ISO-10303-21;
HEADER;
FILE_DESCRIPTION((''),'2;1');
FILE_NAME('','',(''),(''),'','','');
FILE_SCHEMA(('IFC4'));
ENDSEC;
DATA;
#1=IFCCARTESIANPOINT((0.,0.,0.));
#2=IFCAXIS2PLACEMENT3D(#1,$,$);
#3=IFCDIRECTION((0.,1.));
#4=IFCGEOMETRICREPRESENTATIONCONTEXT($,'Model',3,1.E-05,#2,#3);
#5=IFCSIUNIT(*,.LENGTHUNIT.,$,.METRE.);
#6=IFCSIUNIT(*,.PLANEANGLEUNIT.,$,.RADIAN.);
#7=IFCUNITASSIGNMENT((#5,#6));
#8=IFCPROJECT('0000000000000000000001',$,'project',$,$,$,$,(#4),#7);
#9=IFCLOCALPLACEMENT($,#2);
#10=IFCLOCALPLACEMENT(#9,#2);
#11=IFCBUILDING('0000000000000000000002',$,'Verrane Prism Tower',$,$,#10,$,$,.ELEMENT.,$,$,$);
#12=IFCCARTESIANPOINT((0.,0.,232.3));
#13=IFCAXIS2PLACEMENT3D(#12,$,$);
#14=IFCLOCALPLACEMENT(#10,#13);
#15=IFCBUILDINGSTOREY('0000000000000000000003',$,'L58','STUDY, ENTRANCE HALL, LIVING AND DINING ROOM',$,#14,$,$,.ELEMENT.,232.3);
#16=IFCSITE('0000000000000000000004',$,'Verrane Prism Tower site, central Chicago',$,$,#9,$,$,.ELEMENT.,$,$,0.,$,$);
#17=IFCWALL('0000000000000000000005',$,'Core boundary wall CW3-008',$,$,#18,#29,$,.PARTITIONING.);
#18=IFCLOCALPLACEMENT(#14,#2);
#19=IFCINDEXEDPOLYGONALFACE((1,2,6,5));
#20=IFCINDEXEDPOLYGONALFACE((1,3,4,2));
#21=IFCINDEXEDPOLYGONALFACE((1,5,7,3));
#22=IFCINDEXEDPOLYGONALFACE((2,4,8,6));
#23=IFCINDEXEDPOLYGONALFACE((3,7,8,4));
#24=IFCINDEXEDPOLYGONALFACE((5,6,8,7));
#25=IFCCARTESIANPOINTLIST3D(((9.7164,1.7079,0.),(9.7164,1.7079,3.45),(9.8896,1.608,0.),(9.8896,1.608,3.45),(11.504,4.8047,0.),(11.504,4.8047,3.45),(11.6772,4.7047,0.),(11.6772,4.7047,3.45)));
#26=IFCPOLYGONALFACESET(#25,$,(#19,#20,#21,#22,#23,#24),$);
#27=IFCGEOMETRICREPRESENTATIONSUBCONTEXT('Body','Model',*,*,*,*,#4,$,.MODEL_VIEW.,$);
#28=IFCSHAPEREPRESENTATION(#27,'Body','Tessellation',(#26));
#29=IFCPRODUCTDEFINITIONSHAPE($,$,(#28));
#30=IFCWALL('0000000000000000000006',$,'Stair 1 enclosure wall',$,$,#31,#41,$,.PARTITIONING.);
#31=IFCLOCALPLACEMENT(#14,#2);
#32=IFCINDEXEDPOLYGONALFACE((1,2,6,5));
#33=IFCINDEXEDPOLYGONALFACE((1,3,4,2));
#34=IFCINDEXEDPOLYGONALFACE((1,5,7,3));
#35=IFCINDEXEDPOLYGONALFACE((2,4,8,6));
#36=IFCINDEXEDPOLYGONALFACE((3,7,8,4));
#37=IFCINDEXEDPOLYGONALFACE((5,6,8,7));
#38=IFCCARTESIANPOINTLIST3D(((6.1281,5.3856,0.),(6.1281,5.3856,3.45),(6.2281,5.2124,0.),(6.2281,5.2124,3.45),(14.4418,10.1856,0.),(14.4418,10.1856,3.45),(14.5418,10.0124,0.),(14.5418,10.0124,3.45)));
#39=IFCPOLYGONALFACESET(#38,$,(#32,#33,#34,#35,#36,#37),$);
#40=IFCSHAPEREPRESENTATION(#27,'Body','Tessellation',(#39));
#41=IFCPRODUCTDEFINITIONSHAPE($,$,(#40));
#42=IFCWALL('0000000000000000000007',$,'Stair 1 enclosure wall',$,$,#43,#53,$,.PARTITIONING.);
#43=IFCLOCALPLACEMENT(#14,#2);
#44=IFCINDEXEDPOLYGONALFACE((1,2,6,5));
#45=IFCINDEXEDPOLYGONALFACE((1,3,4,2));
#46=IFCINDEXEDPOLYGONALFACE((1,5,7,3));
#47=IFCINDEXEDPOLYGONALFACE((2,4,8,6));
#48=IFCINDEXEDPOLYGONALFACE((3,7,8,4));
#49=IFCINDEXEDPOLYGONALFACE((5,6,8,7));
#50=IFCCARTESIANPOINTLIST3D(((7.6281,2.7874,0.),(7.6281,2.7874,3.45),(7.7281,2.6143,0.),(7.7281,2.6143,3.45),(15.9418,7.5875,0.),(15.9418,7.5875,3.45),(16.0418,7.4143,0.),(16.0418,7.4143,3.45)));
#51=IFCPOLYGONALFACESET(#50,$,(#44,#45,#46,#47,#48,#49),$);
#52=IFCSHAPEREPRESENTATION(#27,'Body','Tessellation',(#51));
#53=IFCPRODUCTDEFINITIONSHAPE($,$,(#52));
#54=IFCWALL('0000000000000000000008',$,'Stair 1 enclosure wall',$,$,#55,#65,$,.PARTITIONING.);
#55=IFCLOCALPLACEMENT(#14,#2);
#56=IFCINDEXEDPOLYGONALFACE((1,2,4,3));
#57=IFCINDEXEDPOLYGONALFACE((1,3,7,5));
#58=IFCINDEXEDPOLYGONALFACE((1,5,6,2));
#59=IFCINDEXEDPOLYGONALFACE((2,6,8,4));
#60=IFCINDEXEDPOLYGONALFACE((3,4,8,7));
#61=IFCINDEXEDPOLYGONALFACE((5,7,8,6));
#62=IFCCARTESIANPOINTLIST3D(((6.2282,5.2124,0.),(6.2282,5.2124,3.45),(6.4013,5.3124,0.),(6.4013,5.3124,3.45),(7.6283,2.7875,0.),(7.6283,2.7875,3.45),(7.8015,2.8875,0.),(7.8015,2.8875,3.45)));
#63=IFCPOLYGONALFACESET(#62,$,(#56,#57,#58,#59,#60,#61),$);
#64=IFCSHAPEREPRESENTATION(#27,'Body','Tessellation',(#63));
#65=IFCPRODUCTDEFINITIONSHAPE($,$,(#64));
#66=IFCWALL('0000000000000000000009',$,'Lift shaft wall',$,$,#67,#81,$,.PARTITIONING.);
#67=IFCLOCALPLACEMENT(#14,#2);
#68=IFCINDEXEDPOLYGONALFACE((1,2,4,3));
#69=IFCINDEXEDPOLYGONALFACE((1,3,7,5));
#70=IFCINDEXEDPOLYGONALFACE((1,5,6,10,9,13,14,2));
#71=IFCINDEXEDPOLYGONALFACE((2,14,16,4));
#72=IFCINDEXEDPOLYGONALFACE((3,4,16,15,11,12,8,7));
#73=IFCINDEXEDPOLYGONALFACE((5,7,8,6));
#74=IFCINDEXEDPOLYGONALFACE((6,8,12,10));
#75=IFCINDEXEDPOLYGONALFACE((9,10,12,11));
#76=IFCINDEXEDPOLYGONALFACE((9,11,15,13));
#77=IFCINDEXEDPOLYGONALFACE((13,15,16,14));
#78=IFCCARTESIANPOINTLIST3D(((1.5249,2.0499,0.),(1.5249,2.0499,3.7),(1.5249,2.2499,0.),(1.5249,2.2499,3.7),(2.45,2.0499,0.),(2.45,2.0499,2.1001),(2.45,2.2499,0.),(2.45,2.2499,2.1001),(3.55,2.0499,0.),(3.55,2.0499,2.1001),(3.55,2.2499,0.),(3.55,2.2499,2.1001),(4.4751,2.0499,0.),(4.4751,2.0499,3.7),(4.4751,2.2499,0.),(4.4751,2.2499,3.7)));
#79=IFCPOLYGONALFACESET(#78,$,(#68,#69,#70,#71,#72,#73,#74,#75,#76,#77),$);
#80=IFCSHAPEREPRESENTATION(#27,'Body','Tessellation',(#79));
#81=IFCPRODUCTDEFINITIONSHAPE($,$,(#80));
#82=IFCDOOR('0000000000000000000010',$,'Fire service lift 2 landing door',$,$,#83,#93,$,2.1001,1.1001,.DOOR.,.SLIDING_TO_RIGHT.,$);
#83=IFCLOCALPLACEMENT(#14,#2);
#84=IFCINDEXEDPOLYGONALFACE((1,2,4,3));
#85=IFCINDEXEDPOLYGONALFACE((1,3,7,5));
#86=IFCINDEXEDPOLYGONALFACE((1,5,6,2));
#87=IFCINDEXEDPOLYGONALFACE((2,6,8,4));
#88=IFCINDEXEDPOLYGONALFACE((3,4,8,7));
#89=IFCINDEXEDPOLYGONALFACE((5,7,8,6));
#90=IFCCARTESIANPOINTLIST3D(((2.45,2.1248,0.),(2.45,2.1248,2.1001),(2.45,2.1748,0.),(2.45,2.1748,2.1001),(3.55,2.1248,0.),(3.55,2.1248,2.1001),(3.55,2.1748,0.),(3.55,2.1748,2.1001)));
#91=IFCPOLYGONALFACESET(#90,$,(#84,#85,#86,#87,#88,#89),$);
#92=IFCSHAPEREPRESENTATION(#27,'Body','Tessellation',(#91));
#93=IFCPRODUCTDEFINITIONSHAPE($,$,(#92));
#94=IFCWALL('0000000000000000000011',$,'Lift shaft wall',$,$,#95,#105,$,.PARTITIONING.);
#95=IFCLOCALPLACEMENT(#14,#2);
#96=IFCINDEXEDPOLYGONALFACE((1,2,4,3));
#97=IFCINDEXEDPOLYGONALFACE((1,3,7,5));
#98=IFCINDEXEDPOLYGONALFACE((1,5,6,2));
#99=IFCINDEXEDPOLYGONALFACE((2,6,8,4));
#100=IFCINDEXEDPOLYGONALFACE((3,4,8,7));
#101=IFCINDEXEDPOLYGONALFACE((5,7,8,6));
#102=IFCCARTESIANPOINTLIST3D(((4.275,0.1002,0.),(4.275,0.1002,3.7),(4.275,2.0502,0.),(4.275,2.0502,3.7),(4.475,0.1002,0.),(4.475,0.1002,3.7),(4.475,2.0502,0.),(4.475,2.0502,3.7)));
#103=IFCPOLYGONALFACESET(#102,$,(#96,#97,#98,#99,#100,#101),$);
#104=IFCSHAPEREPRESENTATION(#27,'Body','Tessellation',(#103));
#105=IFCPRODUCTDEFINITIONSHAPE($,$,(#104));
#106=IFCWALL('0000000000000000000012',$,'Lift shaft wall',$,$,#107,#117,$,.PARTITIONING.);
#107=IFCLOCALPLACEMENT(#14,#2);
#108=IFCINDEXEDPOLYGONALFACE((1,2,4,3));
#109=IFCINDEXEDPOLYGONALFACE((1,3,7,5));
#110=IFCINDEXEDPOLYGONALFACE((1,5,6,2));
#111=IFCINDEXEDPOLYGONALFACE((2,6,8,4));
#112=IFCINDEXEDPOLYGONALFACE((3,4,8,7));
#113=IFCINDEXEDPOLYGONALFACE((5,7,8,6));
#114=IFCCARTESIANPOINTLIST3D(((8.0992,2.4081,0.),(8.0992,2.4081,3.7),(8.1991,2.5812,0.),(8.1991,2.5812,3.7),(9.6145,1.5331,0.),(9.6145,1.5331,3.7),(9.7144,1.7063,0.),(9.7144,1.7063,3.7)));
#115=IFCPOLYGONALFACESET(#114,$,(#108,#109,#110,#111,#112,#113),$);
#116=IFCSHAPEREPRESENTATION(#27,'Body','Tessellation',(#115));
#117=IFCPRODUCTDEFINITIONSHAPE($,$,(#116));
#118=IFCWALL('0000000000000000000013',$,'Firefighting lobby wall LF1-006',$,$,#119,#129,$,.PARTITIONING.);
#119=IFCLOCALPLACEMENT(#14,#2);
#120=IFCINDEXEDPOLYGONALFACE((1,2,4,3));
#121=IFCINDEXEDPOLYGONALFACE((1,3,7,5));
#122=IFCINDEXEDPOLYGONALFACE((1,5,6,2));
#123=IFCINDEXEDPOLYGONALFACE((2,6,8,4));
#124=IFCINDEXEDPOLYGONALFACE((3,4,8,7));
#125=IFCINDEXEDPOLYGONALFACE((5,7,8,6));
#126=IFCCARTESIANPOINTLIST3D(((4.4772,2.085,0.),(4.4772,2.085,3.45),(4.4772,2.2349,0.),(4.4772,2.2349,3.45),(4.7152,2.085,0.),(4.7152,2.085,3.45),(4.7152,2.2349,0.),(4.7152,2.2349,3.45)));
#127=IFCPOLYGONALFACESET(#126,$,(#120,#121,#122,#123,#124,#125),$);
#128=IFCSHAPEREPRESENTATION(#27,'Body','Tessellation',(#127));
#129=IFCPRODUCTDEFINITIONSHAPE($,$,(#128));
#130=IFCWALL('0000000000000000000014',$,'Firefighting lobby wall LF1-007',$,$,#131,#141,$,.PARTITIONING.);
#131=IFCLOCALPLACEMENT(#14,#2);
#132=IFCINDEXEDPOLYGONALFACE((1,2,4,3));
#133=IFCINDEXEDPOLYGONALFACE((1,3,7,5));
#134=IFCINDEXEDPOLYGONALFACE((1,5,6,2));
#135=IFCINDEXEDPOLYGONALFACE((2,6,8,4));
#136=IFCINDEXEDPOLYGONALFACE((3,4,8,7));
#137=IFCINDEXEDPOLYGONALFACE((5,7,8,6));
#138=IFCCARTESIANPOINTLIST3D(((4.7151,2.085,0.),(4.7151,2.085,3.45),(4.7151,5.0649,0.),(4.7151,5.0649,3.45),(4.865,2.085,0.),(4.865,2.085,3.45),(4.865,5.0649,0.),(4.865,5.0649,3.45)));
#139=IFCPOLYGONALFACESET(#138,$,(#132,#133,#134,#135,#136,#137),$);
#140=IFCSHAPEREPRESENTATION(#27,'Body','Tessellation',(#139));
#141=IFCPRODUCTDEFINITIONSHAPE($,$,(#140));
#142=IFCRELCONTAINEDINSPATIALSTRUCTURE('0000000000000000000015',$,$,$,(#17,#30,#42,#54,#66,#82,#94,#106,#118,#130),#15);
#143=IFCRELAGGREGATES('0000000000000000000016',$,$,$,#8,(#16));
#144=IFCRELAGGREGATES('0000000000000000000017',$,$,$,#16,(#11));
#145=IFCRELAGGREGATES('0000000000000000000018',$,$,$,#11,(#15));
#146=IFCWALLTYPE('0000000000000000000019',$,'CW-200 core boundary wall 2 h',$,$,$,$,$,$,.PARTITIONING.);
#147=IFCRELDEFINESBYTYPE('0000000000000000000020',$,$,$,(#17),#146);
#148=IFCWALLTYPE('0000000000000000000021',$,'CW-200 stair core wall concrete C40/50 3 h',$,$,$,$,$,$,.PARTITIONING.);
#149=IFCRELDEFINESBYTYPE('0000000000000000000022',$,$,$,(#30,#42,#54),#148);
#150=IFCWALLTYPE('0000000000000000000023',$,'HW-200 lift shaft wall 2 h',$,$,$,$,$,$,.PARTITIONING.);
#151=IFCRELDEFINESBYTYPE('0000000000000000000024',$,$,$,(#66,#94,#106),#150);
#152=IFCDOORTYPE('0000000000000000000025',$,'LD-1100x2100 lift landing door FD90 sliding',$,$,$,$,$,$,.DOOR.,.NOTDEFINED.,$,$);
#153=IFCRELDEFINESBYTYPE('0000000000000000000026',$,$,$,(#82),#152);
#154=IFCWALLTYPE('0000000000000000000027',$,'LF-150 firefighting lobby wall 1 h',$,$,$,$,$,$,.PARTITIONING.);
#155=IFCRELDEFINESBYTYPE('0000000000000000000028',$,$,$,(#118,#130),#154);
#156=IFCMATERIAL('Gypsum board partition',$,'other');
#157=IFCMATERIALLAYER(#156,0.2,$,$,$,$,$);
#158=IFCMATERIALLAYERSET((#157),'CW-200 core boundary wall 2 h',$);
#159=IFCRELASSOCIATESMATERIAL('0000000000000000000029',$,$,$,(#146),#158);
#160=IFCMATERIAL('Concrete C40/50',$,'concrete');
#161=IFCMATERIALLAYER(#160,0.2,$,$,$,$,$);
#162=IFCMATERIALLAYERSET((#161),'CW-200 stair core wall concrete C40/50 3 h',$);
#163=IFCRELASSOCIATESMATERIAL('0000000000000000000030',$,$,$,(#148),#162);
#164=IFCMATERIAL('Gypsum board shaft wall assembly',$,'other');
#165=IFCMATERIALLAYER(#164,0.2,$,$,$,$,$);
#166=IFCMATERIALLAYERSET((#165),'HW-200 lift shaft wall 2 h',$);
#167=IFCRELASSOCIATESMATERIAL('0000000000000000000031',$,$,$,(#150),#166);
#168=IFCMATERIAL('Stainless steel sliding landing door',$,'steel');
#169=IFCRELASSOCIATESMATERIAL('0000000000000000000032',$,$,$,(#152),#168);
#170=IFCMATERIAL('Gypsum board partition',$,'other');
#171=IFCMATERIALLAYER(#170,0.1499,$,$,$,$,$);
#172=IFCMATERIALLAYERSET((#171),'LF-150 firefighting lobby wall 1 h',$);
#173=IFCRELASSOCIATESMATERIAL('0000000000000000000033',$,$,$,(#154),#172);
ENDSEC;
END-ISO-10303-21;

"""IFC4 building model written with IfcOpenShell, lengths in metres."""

from ifc_helpers import new_model, si_unit, direction, frame, frame_2d, origin, place, context, subcontext, project, spatial, rectangle, extrude, material, layer, layer_set, type_object, element, fill, save


model = new_model("IFC4")

# Units and contexts
model_context = context("Model", 3, precision=1e-05, world=origin(), true_north=direction((0.0, 1.0)))
body_context = subcontext(model_context, "Body", "Model", "MODEL_VIEW")
ifc_project = project(units=[si_unit("LENGTHUNIT", "METRE"), si_unit("PLANEANGLEUNIT", "RADIAN")], contexts=[model_context])

# Site, building, storey
site_placement = place(None, origin())
site = spatial("IfcSite", under=ifc_project, at=site_placement, Name="Verrane Prism Tower site, central Chicago", CompositionType="ELEMENT", RefElevation=0.0)
building_placement = place(site_placement, origin())
building = spatial("IfcBuilding", under=site, at=building_placement, Name="Verrane Prism Tower", CompositionType="ELEMENT")
storey_placement = place(building_placement, frame((0.0, 0.0, 232.3)))
storey = spatial("IfcBuildingStorey", under=building, at=storey_placement, Name="L58", Description="STUDY, ENTRANCE HALL, LIVING AND DINING ROOM", CompositionType="ELEMENT", Elevation=232.3)

# Walls
ifc_material_1 = material(Name="Gypsum board partition", Category="other")
ifc_layer_1 = layer(ifc_material_1, 0.2)
ifc_layer_set_1 = layer_set([ifc_layer_1], Name="CW-200 core boundary wall 2 h")
wall_type_1 = type_object("IfcWallType", Name="CW-200 core boundary wall 2 h", PredefinedType="PARTITIONING", material=ifc_layer_set_1)
wall_1_placement = place(storey_placement, frame((9.803, 1.658, 0.0), z_axis=(0.0, 0.0, 1.0), x_axis=(0.499943, 0.866058, 0.0)))
element("IfcWall", 1, at=wall_1_placement, inside=storey, type_object=wall_type_1, Name="Core boundary wall CW3-008", PredefinedType="PARTITIONING", context=body_context, shape_type="SweptSolid", body=[
    extrude(rectangle(XDim=3.5757, YDim=0.2, at=frame_2d((1.7878, 0.0))), origin(), (0.0, 0.0, 1.0), 3.45),
])
ifc_material_2 = material(Name="Concrete C40/50", Category="concrete")
ifc_layer_2 = layer(ifc_material_2, 0.2)
ifc_layer_set_2 = layer_set([ifc_layer_2], Name="CW-200 stair core wall concrete C40/50 3 h")
wall_type_2 = type_object("IfcWallType", Name="CW-200 stair core wall concrete C40/50 3 h", PredefinedType="PARTITIONING", material=ifc_layer_set_2)
for number, where, z_axis, x_axis, name in (
    (2, (6.1782, 5.2991, 0.0), (0.0, 0.0, 1.0), (0.86602, 0.500009, 0.0), "Stair 1 enclosure wall"),
    (3, (7.6782, 2.7009, 0.0), (0.0, 0.0, 1.0), (0.86602, 0.500009, 0.0), "Stair 1 enclosure wall"),
):
    element("IfcWall", number, at=place(storey_placement, frame(where, z_axis=z_axis, x_axis=x_axis)), inside=storey, type_object=wall_type_2, Name=name, PredefinedType="PARTITIONING", context=body_context, shape_type="SweptSolid", body=[
        extrude(rectangle(XDim=9.5999, YDim=0.2, at=frame_2d((4.7998, 0.0))), origin(), (0.0, 0.0, 1.0), 3.45),
    ])
wall_2_placement = place(storey_placement, frame((7.7148, 2.8376, 0.0), z_axis=(0.0, 0.0, 1.0), x_axis=(-0.50005, 0.865997, 0.0)))
element("IfcWall", 4, at=wall_2_placement, inside=storey, type_object=wall_type_2, Name="Stair 1 enclosure wall", PredefinedType="PARTITIONING", context=body_context, shape_type="SweptSolid", body=[
    extrude(rectangle(XDim=2.8, YDim=0.2, at=frame_2d((1.3999, 0.0))), origin(), (0.0, 0.0, 1.0), 3.45),
])

# Wall, opening, door
ifc_material_3 = material(Name="Gypsum board shaft wall assembly", Category="other")
ifc_layer_3 = layer(ifc_material_3, 0.2)
ifc_layer_set_3 = layer_set([ifc_layer_3], Name="HW-200 lift shaft wall 2 h")
wall_type_3 = type_object("IfcWallType", Name="HW-200 lift shaft wall 2 h", PredefinedType="PARTITIONING", material=ifc_layer_set_3)
wall_3_placement = place(storey_placement, frame((1.5249, 2.1499, 0.0), z_axis=(0.0, 0.0, 1.0), x_axis=(1.0, 0.0, 0.0)))
wall_3 = element("IfcWall", 5, at=wall_3_placement, inside=storey, type_object=wall_type_3, Name="Lift shaft wall", PredefinedType="PARTITIONING", context=body_context, shape_type="SweptSolid", body=[
    extrude(rectangle(XDim=2.9502, YDim=0.2, at=frame_2d((1.4751, 0.0))), origin(), (0.0, 0.0, 1.0), 3.7),
])
opening_1_placement = place(wall_3_placement, frame((0.925, 0.0, 0.0)))
opening_1 = element("IfcOpeningElement", 6, at=opening_1_placement, cuts=wall_3, PredefinedType="OPENING", context=body_context, shape_type="SweptSolid", body=[
    extrude(rectangle(XDim=1.1001, YDim=2.1001, at=frame_2d((0.55, 1.05))), frame((0.0, 0.1099, 0.0), z_axis=(0.0, -1.0, 0.0), x_axis=(1.0, 0.0, 0.0)), (0.0, 0.0, 1.0), 0.22),
])
ifc_material_4 = material(Name="Stainless steel sliding landing door", Category="steel")
door_type_1 = type_object("IfcDoorType", Name="LD-1100x2100 lift landing door FD90 sliding", OperationType="NOTDEFINED", PredefinedType="DOOR", material=ifc_material_4)
door_1_placement = place(opening_1_placement, origin())
door_1 = element("IfcDoor", 7, at=door_1_placement, inside=storey, type_object=door_type_1, Name="Fire service lift 2 landing door", OperationType="SLIDING_TO_RIGHT", OverallHeight=2.1001, OverallWidth=1.1001, PredefinedType="DOOR", context=body_context, shape_type="SweptSolid", body=[
    extrude(rectangle(XDim=1.1001, YDim=2.1001, at=frame_2d((0.55, 1.05))), frame((0.0, 0.0249, 0.0), z_axis=(0.0, -1.0, 0.0), x_axis=(1.0, 0.0, 0.0)), (0.0, 0.0, 1.0), 0.05),
])
fill(opening_1, door_1)

# Walls
wall_4_placement = place(storey_placement, frame((4.375, 0.1001, 0.0), z_axis=(0.0, 0.0, 1.0), x_axis=(0.0, 1.0, 0.0)))
element("IfcWall", 8, at=wall_4_placement, inside=storey, type_object=wall_type_3, Name="Lift shaft wall", PredefinedType="PARTITIONING", context=body_context, shape_type="SweptSolid", body=[
    extrude(rectangle(XDim=1.95, YDim=0.2, at=frame_2d((0.9751, 0.0))), origin(), (0.0, 0.0, 1.0), 3.7),
])
wall_5_placement = place(storey_placement, frame((9.6646, 1.6196, 0.0), z_axis=(0.0, 0.0, 1.0), x_axis=(-0.866002, 0.50004, 0.0)))
element("IfcWall", 9, at=wall_5_placement, inside=storey, type_object=wall_type_3, Name="Lift shaft wall", PredefinedType="PARTITIONING", context=body_context, shape_type="SweptSolid", body=[
    extrude(rectangle(XDim=1.7498, YDim=0.2, at=frame_2d((0.875, 0.0))), origin(), (0.0, 0.0, 1.0), 3.7),
])
ifc_material_5 = material(Name="Gypsum board partition", Category="other")
ifc_layer_4 = layer(ifc_material_5, 0.1499)
ifc_layer_set_4 = layer_set([ifc_layer_4], Name="LF-150 firefighting lobby wall 1 h")
wall_type_4 = type_object("IfcWallType", Name="LF-150 firefighting lobby wall 1 h", PredefinedType="PARTITIONING", material=ifc_layer_set_4)
wall_6_placement = place(storey_placement, frame((4.4771, 2.1599, 0.0), z_axis=(0.0, 0.0, 1.0), x_axis=(1.0, 0.0, 0.0)))
element("IfcWall", 10, at=wall_6_placement, inside=storey, type_object=wall_type_4, Name="Firefighting lobby wall LF1-006", PredefinedType="PARTITIONING", context=body_context, shape_type="SweptSolid", body=[
    extrude(rectangle(XDim=0.238, YDim=0.1499, at=frame_2d((0.1191, 0.0))), origin(), (0.0, 0.0, 1.0), 3.45),
])
wall_7_placement = place(storey_placement, frame((4.79, 2.085, 0.0), z_axis=(0.0, 0.0, 1.0), x_axis=(0.0, 1.0, 0.0)))
element("IfcWall", 11, at=wall_7_placement, inside=storey, type_object=wall_type_4, Name="Firefighting lobby wall LF1-007", PredefinedType="PARTITIONING", context=body_context, shape_type="SweptSolid", body=[
    extrude(rectangle(XDim=2.98, YDim=0.1499, at=frame_2d((1.49, 0.0))), origin(), (0.0, 0.0, 1.0), 3.45),
])

save(model, "model.ifc")
